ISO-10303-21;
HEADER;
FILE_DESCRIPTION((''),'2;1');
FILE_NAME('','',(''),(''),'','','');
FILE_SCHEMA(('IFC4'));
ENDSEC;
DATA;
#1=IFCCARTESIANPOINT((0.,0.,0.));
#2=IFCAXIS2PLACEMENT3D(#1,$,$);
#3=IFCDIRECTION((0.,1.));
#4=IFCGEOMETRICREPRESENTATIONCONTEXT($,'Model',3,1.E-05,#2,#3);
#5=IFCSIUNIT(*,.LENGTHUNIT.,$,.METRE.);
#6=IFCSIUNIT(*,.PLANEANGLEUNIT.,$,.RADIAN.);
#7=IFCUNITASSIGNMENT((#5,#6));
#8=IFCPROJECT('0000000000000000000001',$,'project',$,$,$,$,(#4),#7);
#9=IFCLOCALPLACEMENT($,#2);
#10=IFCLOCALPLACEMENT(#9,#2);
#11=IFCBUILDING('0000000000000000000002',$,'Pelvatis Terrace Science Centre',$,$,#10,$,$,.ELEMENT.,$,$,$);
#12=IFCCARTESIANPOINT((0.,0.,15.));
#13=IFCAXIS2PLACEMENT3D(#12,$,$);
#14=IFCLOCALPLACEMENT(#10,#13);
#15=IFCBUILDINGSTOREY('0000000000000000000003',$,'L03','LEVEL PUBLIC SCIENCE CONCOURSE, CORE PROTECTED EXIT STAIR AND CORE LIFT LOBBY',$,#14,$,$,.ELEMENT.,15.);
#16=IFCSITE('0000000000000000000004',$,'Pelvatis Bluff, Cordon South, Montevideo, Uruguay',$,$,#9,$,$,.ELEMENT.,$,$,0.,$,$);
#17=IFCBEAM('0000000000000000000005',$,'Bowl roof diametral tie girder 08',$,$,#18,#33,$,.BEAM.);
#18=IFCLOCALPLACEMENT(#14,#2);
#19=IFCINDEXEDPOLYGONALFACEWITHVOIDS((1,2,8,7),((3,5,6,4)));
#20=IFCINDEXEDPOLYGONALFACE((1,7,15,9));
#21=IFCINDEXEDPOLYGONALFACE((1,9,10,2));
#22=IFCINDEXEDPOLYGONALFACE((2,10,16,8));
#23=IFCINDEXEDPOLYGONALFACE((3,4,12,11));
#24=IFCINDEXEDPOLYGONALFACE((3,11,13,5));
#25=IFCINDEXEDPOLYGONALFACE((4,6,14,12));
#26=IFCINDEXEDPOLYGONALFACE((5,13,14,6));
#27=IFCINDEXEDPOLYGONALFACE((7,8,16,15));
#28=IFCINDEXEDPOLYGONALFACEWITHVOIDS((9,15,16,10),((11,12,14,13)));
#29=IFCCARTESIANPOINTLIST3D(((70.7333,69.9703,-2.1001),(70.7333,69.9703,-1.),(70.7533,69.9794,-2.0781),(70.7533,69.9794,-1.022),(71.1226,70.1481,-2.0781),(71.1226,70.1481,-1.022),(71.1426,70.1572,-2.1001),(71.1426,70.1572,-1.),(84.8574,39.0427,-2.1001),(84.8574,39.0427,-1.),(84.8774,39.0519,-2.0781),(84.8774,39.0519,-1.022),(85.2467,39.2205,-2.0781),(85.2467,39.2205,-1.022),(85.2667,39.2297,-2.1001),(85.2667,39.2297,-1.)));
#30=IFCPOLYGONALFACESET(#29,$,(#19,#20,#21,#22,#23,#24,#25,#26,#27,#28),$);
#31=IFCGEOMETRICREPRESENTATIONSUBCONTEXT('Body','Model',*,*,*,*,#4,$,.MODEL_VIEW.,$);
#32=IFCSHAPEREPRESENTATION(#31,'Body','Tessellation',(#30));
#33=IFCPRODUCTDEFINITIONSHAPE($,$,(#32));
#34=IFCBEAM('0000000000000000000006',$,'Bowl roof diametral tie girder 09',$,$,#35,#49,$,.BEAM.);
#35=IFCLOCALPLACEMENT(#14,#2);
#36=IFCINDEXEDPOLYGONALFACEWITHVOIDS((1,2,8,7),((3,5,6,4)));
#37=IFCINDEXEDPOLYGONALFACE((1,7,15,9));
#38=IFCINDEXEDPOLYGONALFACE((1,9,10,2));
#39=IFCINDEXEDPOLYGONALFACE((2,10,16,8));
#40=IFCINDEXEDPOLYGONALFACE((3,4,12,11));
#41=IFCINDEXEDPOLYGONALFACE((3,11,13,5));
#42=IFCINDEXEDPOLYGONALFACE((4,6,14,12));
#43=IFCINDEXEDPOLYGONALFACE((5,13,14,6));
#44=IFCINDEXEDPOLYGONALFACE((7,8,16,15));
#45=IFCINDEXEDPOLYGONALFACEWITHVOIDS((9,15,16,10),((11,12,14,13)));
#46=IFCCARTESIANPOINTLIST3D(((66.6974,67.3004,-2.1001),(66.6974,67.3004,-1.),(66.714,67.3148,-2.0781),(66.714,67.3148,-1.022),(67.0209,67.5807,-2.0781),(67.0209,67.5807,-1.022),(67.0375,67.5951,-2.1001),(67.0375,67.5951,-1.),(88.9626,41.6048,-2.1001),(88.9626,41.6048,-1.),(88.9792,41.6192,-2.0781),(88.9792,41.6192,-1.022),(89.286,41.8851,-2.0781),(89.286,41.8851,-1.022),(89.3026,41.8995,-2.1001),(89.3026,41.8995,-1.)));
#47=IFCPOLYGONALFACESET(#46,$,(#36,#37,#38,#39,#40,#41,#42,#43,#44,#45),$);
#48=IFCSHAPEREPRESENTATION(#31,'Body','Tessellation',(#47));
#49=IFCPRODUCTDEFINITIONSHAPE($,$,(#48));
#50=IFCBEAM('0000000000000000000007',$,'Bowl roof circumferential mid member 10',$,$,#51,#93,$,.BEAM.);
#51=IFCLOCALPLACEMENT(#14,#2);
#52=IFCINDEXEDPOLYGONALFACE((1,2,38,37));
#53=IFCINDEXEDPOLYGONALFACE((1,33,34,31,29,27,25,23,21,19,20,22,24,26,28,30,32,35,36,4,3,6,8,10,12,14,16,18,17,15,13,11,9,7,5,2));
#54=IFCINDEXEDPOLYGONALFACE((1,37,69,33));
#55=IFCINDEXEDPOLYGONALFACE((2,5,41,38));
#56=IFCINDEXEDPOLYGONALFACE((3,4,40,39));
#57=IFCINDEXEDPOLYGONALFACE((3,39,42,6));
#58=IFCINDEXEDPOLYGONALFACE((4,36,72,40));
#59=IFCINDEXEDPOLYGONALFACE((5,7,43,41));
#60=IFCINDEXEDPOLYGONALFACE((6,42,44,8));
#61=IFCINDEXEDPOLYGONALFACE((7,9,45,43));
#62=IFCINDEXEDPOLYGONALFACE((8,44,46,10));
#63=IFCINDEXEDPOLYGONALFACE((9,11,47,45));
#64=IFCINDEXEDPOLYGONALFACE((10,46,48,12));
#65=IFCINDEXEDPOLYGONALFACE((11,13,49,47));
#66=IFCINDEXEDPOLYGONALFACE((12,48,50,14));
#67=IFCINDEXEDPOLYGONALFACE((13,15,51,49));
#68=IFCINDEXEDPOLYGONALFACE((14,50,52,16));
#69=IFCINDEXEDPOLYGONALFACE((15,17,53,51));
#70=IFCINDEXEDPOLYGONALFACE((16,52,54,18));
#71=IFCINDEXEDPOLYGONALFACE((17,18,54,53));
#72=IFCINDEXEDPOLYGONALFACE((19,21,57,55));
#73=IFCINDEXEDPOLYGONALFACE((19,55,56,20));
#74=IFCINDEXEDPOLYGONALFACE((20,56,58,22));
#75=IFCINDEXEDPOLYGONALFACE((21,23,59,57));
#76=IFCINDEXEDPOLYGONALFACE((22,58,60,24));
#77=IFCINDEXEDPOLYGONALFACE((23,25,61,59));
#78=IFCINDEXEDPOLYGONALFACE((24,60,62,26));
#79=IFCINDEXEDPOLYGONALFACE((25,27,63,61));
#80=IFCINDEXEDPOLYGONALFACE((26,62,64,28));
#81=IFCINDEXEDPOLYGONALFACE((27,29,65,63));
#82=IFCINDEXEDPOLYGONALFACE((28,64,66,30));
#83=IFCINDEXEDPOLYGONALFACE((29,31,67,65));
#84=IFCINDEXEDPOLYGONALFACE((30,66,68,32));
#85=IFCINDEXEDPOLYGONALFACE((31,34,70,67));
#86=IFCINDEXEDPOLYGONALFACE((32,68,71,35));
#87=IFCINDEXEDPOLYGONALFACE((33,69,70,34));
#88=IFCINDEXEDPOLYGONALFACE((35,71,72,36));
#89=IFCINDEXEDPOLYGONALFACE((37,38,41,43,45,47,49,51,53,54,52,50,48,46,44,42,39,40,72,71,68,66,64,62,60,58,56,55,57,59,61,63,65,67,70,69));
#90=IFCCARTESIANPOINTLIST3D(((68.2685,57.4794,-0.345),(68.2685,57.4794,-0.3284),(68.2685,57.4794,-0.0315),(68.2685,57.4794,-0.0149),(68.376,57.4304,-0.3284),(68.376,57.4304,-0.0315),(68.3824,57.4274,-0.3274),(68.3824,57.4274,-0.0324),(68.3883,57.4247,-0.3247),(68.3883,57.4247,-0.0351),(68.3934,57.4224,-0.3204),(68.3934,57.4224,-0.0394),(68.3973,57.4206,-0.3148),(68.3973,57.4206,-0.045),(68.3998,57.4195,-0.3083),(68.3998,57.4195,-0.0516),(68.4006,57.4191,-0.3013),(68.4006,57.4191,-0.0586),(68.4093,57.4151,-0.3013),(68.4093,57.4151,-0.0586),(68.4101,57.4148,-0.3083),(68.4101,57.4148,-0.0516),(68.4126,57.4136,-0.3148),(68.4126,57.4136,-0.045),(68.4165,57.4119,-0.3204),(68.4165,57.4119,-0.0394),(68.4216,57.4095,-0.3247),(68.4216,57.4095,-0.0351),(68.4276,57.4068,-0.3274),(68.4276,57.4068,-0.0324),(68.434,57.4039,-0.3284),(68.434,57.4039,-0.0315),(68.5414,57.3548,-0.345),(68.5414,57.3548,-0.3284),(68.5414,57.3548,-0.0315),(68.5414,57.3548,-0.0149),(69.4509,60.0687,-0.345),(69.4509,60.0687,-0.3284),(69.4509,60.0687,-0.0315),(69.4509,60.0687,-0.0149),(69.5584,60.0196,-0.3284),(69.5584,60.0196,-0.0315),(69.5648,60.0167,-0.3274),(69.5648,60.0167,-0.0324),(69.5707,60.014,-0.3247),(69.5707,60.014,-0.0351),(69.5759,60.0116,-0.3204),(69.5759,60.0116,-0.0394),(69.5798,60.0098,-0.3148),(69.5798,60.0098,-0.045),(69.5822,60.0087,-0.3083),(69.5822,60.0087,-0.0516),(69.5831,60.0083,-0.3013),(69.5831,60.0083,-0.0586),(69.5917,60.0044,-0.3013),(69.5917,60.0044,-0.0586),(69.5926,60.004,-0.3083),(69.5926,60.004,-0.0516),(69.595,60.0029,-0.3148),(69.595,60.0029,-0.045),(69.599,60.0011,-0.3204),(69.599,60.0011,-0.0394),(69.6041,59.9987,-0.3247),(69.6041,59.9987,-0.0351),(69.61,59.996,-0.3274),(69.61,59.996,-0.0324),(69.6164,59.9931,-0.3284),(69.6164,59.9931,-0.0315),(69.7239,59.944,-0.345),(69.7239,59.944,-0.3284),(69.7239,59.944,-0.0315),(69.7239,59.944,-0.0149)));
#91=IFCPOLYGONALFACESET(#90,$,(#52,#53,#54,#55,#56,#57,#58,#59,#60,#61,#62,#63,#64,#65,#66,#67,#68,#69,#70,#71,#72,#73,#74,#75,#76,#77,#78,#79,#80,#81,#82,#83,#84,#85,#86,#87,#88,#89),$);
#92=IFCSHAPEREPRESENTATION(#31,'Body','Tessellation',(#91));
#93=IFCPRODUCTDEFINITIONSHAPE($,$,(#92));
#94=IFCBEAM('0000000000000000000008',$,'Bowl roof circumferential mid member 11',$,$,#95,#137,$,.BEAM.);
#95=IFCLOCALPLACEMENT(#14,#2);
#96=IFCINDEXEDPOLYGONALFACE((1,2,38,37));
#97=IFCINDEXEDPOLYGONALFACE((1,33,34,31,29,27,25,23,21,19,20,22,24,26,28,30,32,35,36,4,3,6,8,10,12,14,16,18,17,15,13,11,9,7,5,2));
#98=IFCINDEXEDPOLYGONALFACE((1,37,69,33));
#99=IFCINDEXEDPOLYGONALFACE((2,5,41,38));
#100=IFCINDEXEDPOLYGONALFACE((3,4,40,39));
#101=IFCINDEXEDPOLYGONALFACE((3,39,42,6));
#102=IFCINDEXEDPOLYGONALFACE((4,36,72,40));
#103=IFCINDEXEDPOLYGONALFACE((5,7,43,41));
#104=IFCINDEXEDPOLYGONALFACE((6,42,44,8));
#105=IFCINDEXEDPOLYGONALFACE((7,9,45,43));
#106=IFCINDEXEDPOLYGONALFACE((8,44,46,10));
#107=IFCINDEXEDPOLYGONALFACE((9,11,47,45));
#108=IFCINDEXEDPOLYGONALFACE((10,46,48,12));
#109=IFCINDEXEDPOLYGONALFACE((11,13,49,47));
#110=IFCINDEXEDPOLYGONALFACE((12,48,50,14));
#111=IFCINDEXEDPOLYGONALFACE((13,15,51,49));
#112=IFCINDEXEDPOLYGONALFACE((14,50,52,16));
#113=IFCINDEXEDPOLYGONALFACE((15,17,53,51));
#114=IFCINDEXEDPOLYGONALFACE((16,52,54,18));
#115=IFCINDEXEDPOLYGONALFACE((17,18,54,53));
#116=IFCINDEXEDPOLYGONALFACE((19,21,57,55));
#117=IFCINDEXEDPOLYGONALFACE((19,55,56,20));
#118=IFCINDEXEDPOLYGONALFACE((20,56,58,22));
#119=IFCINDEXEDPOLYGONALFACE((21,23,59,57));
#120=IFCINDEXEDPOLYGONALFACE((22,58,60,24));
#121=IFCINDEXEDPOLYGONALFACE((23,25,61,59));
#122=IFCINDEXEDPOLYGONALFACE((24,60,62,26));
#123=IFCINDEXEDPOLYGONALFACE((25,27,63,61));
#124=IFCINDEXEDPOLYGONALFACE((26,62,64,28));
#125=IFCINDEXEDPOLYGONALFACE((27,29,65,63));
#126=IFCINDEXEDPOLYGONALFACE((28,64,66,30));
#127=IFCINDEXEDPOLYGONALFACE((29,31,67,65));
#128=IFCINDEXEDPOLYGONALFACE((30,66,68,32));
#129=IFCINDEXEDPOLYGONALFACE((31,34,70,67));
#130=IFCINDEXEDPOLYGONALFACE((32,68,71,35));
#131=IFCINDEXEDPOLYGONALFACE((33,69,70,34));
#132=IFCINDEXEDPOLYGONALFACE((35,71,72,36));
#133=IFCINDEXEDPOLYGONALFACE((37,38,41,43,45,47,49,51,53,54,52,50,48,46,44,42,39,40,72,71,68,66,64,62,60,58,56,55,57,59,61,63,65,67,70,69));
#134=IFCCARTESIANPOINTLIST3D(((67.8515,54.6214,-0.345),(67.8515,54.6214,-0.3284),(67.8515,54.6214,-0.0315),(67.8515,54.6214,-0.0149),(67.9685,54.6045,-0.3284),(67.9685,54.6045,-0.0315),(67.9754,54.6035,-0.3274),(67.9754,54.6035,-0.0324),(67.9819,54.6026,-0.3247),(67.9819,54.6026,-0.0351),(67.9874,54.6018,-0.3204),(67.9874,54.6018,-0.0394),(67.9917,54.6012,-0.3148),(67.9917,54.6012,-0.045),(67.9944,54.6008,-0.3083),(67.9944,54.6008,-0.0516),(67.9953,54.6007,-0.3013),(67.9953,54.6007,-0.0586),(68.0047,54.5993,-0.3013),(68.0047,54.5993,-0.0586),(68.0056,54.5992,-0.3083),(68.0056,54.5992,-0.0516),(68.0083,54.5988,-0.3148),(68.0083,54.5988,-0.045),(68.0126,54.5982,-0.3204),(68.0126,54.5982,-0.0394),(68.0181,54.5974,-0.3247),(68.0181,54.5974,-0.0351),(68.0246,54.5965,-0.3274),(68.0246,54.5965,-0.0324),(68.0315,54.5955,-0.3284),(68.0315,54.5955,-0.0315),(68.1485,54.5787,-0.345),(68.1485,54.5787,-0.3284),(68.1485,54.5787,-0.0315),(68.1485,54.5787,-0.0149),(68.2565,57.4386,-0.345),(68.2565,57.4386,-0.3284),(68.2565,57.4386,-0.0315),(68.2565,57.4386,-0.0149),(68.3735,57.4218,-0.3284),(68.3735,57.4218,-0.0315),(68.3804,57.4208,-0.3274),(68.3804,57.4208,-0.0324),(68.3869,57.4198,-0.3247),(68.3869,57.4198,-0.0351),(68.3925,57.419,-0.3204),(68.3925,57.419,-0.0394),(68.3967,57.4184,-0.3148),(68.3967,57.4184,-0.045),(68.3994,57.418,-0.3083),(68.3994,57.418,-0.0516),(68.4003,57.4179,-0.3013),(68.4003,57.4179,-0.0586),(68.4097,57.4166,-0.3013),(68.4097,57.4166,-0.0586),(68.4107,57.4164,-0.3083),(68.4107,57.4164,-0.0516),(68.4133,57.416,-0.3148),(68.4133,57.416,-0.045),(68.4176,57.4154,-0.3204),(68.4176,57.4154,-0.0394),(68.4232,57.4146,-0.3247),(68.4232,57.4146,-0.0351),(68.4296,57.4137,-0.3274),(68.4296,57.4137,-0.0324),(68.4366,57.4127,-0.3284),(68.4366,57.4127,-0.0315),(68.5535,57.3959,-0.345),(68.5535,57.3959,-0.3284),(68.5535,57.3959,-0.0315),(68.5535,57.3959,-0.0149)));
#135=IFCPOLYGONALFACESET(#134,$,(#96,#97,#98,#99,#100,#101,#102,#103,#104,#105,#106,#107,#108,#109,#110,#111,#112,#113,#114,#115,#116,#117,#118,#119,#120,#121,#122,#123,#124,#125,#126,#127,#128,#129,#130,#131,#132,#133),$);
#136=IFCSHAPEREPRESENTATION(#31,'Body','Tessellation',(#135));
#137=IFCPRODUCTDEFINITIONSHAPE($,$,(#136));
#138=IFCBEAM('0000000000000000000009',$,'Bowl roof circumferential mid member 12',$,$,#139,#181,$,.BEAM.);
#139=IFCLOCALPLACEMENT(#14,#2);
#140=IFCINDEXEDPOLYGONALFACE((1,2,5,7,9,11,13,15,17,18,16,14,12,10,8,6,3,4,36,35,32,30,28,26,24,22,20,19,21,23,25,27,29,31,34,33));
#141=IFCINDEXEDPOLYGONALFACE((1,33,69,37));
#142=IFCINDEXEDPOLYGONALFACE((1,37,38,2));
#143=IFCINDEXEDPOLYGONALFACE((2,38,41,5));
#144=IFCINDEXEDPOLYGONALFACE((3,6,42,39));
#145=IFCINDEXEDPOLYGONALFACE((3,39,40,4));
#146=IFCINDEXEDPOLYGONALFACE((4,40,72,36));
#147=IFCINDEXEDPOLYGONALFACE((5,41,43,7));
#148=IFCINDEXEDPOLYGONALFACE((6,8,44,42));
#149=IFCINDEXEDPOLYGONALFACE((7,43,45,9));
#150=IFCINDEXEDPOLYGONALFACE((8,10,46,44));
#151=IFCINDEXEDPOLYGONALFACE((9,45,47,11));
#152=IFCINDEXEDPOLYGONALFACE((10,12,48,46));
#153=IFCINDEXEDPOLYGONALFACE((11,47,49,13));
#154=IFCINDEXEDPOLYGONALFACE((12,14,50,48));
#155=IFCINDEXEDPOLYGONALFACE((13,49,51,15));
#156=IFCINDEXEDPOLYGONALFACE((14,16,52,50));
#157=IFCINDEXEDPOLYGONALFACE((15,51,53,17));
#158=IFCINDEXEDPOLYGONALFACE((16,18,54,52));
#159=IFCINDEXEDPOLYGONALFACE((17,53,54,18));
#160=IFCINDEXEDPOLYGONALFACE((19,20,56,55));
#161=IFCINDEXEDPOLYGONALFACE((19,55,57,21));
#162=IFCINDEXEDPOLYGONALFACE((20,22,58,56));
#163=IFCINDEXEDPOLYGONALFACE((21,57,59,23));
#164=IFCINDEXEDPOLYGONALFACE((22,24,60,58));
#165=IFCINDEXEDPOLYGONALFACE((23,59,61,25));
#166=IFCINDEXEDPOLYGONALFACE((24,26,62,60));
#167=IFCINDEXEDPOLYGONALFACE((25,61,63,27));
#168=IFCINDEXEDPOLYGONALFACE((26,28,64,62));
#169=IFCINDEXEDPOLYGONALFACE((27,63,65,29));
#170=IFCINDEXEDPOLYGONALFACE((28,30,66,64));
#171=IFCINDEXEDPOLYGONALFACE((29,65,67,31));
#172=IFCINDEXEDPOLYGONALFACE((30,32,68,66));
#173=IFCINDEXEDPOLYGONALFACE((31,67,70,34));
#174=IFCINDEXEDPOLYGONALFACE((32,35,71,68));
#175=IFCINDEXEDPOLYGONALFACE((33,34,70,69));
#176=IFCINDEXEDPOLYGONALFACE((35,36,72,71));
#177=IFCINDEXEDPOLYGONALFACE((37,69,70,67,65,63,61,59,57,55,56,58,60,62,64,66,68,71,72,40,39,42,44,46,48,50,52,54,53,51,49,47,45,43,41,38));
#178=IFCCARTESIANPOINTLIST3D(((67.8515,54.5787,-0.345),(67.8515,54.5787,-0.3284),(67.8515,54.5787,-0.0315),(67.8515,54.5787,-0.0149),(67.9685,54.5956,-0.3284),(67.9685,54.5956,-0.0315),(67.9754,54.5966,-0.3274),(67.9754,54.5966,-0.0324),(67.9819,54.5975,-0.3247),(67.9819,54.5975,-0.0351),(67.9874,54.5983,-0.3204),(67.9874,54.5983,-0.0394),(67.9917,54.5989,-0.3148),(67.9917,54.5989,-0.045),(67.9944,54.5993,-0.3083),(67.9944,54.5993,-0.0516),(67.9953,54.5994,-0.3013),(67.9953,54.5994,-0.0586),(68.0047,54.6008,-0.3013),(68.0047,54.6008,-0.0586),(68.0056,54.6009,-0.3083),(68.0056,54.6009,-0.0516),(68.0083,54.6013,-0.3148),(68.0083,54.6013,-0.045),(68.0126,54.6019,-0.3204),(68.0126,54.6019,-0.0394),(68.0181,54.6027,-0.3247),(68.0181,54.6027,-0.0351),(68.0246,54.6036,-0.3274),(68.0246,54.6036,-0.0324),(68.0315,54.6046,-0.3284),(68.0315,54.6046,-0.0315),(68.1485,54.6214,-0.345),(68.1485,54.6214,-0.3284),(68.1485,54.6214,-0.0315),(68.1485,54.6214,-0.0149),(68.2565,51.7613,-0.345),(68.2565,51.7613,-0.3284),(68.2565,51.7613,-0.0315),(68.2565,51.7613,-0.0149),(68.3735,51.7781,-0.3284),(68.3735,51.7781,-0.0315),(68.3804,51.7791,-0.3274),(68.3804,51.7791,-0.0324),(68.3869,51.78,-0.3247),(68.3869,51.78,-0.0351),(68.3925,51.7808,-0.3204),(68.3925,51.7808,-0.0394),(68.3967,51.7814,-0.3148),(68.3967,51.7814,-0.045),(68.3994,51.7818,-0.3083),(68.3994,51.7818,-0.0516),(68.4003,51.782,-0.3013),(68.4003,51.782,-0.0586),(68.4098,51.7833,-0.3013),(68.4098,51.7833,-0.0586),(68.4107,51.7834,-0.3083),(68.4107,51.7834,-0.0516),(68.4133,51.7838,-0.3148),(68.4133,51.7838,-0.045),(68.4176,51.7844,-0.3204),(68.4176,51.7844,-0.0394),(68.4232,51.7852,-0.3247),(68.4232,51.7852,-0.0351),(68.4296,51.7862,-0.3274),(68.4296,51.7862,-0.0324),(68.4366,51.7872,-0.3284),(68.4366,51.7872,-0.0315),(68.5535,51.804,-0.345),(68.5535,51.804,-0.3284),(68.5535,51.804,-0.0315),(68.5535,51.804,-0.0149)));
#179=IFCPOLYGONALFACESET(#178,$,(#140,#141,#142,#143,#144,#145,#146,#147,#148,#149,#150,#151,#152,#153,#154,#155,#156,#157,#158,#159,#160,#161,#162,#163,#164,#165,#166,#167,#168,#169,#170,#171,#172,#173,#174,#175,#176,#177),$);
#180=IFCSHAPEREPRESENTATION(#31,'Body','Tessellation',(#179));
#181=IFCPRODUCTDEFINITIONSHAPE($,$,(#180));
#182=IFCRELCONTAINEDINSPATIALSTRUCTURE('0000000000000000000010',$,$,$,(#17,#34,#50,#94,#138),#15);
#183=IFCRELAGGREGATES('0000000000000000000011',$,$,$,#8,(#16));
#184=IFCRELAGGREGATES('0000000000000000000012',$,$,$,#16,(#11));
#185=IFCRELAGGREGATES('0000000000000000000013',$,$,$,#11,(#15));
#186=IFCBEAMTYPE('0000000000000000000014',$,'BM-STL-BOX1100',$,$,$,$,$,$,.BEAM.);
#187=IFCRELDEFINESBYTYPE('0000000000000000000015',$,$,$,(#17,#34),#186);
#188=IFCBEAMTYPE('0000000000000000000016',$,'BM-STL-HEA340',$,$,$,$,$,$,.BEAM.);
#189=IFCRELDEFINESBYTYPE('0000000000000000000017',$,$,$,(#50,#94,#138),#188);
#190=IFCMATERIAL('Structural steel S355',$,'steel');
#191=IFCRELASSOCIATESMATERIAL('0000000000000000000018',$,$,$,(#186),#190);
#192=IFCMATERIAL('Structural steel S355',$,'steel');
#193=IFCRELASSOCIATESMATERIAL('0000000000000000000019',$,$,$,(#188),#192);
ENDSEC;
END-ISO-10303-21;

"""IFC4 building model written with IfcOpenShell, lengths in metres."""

from ifc_helpers import new_model, si_unit, direction, frame, origin, origin_2d, place, context, subcontext, project, spatial, hollow_rectangle, i_section, extrude, material, material_profile, profile_set, type_object, element, save


model = new_model("IFC4")

# Units and contexts
model_context = context("Model", 3, precision=1e-05, world=origin(), true_north=direction((0.0, 1.0)))
body_context = subcontext(model_context, "Body", "Model", "MODEL_VIEW")
ifc_project = project(units=[si_unit("LENGTHUNIT", "METRE"), si_unit("PLANEANGLEUNIT", "RADIAN")], contexts=[model_context])

# Site, building, storey
site_placement = place(None, origin())
site = spatial("IfcSite", under=ifc_project, at=site_placement, Name="Pelvatis Bluff, Cordon South, Montevideo, Uruguay", CompositionType="ELEMENT", RefElevation=0.0)
building_placement = place(site_placement, origin())
building = spatial("IfcBuilding", under=site, at=building_placement, Name="Pelvatis Terrace Science Centre", CompositionType="ELEMENT")
storey_placement = place(building_placement, frame((0.0, 0.0, 15.0)))
storey = spatial("IfcBuildingStorey", under=building, at=storey_placement, Name="L03", Description="LEVEL PUBLIC SCIENCE CONCOURSE, CORE PROTECTED EXIT STAIR AND CORE LIFT LOBBY", CompositionType="ELEMENT", Elevation=15.0)

# Beams
ifc_material_1 = material(Name="Structural steel S355", Category="steel")
ifc_material_profile_1 = material_profile(ifc_material_1, hollow_rectangle(XDim=0.45, YDim=1.1001, WallThickness=0.022, at=origin_2d()), Name="RHS 1100x450x22.0")
ifc_profile_set_1 = profile_set([ifc_material_profile_1], Name="Structural steel S355")
beam_type_1 = type_object("IfcBeamType", Name="BM-STL-BOX1100", PredefinedType="BEAM", material=ifc_profile_set_1)
for number, where, z_axis, x_axis, name in (
    (1, (70.938, 70.0637, -1.55), (0.415413, -0.909633, 0.0), (0.909633, 0.415413, 0.0), "Bowl roof diametral tie girder 08"),
    (2, (66.8674, 67.4478, -1.55), (0.654858, -0.755752, 0.0), (0.755752, 0.654858, 0.0), "Bowl roof diametral tie girder 09"),
):
    element("IfcBeam", number, at=place(storey_placement, frame(where, z_axis=z_axis, x_axis=x_axis)), inside=storey, type_object=beam_type_1, Name=name, PredefinedType="BEAM", context=body_context, shape_type="SweptSolid", body=[
        extrude(hollow_rectangle(XDim=0.45, YDim=1.1001, WallThickness=0.022, at=origin_2d()), origin(), (0.0, 0.0, 1.0), 34.0),
    ])
ifc_material_2 = material(Name="Structural steel S355", Category="steel")
ifc_material_profile_2 = material_profile(ifc_material_2, i_section(OverallWidth=0.3, OverallDepth=0.3301, WebThickness=0.0095, FlangeThickness=0.0166, FilletRadius=0.0271, at=origin_2d()), Name="HEA 340")
ifc_profile_set_2 = profile_set([ifc_material_profile_2], Name="Structural steel S355")
beam_type_2 = type_object("IfcBeamType", Name="BM-STL-HEA340", PredefinedType="BEAM", material=ifc_profile_set_2)
beam_1_placement = place(storey_placement, frame((69.5874, 60.0063, -0.1799), z_axis=(-0.415405, -0.909637, 0.0), x_axis=(0.909637, -0.415405, 0.0)))
element("IfcBeam", 3, at=beam_1_placement, inside=storey, type_object=beam_type_2, Name="Bowl roof circumferential mid member 10", PredefinedType="BEAM", context=body_context, shape_type="SweptSolid", body=[
    extrude(i_section(OverallWidth=0.3, OverallDepth=0.3301, WebThickness=0.0095, FlangeThickness=0.0166, FilletRadius=0.0271, at=origin_2d()), origin(), (0.0, 0.0, 1.0), 2.8464),
])
beam_2_placement = place(storey_placement, frame((68.405, 57.4172, -0.1799), z_axis=(-0.14231, -0.989822, 0.0), x_axis=(0.989822, -0.14231, 0.0)))
element("IfcBeam", 4, at=beam_2_placement, inside=storey, type_object=beam_type_2, Name="Bowl roof circumferential mid member 11", PredefinedType="BEAM", context=body_context, shape_type="SweptSolid", body=[
    extrude(i_section(OverallWidth=0.3, OverallDepth=0.3301, WebThickness=0.0095, FlangeThickness=0.0166, FilletRadius=0.0271, at=origin_2d()), origin(), (0.0, 0.0, 1.0), 2.8462),
])
beam_3_placement = place(storey_placement, frame((68.0, 54.6001, -0.1799), z_axis=(0.142298, -0.989824, 0.0), x_axis=(0.989824, 0.142298, 0.0)))
element("IfcBeam", 5, at=beam_3_placement, inside=storey, type_object=beam_type_2, Name="Bowl roof circumferential mid member 12", PredefinedType="BEAM", context=body_context, shape_type="SweptSolid", body=[
    extrude(i_section(OverallWidth=0.3, OverallDepth=0.3301, WebThickness=0.0095, FlangeThickness=0.0166, FilletRadius=0.0271, at=origin_2d()), origin(), (0.0, 0.0, 1.0), 2.8464),
])

save(model, "model.ifc")
